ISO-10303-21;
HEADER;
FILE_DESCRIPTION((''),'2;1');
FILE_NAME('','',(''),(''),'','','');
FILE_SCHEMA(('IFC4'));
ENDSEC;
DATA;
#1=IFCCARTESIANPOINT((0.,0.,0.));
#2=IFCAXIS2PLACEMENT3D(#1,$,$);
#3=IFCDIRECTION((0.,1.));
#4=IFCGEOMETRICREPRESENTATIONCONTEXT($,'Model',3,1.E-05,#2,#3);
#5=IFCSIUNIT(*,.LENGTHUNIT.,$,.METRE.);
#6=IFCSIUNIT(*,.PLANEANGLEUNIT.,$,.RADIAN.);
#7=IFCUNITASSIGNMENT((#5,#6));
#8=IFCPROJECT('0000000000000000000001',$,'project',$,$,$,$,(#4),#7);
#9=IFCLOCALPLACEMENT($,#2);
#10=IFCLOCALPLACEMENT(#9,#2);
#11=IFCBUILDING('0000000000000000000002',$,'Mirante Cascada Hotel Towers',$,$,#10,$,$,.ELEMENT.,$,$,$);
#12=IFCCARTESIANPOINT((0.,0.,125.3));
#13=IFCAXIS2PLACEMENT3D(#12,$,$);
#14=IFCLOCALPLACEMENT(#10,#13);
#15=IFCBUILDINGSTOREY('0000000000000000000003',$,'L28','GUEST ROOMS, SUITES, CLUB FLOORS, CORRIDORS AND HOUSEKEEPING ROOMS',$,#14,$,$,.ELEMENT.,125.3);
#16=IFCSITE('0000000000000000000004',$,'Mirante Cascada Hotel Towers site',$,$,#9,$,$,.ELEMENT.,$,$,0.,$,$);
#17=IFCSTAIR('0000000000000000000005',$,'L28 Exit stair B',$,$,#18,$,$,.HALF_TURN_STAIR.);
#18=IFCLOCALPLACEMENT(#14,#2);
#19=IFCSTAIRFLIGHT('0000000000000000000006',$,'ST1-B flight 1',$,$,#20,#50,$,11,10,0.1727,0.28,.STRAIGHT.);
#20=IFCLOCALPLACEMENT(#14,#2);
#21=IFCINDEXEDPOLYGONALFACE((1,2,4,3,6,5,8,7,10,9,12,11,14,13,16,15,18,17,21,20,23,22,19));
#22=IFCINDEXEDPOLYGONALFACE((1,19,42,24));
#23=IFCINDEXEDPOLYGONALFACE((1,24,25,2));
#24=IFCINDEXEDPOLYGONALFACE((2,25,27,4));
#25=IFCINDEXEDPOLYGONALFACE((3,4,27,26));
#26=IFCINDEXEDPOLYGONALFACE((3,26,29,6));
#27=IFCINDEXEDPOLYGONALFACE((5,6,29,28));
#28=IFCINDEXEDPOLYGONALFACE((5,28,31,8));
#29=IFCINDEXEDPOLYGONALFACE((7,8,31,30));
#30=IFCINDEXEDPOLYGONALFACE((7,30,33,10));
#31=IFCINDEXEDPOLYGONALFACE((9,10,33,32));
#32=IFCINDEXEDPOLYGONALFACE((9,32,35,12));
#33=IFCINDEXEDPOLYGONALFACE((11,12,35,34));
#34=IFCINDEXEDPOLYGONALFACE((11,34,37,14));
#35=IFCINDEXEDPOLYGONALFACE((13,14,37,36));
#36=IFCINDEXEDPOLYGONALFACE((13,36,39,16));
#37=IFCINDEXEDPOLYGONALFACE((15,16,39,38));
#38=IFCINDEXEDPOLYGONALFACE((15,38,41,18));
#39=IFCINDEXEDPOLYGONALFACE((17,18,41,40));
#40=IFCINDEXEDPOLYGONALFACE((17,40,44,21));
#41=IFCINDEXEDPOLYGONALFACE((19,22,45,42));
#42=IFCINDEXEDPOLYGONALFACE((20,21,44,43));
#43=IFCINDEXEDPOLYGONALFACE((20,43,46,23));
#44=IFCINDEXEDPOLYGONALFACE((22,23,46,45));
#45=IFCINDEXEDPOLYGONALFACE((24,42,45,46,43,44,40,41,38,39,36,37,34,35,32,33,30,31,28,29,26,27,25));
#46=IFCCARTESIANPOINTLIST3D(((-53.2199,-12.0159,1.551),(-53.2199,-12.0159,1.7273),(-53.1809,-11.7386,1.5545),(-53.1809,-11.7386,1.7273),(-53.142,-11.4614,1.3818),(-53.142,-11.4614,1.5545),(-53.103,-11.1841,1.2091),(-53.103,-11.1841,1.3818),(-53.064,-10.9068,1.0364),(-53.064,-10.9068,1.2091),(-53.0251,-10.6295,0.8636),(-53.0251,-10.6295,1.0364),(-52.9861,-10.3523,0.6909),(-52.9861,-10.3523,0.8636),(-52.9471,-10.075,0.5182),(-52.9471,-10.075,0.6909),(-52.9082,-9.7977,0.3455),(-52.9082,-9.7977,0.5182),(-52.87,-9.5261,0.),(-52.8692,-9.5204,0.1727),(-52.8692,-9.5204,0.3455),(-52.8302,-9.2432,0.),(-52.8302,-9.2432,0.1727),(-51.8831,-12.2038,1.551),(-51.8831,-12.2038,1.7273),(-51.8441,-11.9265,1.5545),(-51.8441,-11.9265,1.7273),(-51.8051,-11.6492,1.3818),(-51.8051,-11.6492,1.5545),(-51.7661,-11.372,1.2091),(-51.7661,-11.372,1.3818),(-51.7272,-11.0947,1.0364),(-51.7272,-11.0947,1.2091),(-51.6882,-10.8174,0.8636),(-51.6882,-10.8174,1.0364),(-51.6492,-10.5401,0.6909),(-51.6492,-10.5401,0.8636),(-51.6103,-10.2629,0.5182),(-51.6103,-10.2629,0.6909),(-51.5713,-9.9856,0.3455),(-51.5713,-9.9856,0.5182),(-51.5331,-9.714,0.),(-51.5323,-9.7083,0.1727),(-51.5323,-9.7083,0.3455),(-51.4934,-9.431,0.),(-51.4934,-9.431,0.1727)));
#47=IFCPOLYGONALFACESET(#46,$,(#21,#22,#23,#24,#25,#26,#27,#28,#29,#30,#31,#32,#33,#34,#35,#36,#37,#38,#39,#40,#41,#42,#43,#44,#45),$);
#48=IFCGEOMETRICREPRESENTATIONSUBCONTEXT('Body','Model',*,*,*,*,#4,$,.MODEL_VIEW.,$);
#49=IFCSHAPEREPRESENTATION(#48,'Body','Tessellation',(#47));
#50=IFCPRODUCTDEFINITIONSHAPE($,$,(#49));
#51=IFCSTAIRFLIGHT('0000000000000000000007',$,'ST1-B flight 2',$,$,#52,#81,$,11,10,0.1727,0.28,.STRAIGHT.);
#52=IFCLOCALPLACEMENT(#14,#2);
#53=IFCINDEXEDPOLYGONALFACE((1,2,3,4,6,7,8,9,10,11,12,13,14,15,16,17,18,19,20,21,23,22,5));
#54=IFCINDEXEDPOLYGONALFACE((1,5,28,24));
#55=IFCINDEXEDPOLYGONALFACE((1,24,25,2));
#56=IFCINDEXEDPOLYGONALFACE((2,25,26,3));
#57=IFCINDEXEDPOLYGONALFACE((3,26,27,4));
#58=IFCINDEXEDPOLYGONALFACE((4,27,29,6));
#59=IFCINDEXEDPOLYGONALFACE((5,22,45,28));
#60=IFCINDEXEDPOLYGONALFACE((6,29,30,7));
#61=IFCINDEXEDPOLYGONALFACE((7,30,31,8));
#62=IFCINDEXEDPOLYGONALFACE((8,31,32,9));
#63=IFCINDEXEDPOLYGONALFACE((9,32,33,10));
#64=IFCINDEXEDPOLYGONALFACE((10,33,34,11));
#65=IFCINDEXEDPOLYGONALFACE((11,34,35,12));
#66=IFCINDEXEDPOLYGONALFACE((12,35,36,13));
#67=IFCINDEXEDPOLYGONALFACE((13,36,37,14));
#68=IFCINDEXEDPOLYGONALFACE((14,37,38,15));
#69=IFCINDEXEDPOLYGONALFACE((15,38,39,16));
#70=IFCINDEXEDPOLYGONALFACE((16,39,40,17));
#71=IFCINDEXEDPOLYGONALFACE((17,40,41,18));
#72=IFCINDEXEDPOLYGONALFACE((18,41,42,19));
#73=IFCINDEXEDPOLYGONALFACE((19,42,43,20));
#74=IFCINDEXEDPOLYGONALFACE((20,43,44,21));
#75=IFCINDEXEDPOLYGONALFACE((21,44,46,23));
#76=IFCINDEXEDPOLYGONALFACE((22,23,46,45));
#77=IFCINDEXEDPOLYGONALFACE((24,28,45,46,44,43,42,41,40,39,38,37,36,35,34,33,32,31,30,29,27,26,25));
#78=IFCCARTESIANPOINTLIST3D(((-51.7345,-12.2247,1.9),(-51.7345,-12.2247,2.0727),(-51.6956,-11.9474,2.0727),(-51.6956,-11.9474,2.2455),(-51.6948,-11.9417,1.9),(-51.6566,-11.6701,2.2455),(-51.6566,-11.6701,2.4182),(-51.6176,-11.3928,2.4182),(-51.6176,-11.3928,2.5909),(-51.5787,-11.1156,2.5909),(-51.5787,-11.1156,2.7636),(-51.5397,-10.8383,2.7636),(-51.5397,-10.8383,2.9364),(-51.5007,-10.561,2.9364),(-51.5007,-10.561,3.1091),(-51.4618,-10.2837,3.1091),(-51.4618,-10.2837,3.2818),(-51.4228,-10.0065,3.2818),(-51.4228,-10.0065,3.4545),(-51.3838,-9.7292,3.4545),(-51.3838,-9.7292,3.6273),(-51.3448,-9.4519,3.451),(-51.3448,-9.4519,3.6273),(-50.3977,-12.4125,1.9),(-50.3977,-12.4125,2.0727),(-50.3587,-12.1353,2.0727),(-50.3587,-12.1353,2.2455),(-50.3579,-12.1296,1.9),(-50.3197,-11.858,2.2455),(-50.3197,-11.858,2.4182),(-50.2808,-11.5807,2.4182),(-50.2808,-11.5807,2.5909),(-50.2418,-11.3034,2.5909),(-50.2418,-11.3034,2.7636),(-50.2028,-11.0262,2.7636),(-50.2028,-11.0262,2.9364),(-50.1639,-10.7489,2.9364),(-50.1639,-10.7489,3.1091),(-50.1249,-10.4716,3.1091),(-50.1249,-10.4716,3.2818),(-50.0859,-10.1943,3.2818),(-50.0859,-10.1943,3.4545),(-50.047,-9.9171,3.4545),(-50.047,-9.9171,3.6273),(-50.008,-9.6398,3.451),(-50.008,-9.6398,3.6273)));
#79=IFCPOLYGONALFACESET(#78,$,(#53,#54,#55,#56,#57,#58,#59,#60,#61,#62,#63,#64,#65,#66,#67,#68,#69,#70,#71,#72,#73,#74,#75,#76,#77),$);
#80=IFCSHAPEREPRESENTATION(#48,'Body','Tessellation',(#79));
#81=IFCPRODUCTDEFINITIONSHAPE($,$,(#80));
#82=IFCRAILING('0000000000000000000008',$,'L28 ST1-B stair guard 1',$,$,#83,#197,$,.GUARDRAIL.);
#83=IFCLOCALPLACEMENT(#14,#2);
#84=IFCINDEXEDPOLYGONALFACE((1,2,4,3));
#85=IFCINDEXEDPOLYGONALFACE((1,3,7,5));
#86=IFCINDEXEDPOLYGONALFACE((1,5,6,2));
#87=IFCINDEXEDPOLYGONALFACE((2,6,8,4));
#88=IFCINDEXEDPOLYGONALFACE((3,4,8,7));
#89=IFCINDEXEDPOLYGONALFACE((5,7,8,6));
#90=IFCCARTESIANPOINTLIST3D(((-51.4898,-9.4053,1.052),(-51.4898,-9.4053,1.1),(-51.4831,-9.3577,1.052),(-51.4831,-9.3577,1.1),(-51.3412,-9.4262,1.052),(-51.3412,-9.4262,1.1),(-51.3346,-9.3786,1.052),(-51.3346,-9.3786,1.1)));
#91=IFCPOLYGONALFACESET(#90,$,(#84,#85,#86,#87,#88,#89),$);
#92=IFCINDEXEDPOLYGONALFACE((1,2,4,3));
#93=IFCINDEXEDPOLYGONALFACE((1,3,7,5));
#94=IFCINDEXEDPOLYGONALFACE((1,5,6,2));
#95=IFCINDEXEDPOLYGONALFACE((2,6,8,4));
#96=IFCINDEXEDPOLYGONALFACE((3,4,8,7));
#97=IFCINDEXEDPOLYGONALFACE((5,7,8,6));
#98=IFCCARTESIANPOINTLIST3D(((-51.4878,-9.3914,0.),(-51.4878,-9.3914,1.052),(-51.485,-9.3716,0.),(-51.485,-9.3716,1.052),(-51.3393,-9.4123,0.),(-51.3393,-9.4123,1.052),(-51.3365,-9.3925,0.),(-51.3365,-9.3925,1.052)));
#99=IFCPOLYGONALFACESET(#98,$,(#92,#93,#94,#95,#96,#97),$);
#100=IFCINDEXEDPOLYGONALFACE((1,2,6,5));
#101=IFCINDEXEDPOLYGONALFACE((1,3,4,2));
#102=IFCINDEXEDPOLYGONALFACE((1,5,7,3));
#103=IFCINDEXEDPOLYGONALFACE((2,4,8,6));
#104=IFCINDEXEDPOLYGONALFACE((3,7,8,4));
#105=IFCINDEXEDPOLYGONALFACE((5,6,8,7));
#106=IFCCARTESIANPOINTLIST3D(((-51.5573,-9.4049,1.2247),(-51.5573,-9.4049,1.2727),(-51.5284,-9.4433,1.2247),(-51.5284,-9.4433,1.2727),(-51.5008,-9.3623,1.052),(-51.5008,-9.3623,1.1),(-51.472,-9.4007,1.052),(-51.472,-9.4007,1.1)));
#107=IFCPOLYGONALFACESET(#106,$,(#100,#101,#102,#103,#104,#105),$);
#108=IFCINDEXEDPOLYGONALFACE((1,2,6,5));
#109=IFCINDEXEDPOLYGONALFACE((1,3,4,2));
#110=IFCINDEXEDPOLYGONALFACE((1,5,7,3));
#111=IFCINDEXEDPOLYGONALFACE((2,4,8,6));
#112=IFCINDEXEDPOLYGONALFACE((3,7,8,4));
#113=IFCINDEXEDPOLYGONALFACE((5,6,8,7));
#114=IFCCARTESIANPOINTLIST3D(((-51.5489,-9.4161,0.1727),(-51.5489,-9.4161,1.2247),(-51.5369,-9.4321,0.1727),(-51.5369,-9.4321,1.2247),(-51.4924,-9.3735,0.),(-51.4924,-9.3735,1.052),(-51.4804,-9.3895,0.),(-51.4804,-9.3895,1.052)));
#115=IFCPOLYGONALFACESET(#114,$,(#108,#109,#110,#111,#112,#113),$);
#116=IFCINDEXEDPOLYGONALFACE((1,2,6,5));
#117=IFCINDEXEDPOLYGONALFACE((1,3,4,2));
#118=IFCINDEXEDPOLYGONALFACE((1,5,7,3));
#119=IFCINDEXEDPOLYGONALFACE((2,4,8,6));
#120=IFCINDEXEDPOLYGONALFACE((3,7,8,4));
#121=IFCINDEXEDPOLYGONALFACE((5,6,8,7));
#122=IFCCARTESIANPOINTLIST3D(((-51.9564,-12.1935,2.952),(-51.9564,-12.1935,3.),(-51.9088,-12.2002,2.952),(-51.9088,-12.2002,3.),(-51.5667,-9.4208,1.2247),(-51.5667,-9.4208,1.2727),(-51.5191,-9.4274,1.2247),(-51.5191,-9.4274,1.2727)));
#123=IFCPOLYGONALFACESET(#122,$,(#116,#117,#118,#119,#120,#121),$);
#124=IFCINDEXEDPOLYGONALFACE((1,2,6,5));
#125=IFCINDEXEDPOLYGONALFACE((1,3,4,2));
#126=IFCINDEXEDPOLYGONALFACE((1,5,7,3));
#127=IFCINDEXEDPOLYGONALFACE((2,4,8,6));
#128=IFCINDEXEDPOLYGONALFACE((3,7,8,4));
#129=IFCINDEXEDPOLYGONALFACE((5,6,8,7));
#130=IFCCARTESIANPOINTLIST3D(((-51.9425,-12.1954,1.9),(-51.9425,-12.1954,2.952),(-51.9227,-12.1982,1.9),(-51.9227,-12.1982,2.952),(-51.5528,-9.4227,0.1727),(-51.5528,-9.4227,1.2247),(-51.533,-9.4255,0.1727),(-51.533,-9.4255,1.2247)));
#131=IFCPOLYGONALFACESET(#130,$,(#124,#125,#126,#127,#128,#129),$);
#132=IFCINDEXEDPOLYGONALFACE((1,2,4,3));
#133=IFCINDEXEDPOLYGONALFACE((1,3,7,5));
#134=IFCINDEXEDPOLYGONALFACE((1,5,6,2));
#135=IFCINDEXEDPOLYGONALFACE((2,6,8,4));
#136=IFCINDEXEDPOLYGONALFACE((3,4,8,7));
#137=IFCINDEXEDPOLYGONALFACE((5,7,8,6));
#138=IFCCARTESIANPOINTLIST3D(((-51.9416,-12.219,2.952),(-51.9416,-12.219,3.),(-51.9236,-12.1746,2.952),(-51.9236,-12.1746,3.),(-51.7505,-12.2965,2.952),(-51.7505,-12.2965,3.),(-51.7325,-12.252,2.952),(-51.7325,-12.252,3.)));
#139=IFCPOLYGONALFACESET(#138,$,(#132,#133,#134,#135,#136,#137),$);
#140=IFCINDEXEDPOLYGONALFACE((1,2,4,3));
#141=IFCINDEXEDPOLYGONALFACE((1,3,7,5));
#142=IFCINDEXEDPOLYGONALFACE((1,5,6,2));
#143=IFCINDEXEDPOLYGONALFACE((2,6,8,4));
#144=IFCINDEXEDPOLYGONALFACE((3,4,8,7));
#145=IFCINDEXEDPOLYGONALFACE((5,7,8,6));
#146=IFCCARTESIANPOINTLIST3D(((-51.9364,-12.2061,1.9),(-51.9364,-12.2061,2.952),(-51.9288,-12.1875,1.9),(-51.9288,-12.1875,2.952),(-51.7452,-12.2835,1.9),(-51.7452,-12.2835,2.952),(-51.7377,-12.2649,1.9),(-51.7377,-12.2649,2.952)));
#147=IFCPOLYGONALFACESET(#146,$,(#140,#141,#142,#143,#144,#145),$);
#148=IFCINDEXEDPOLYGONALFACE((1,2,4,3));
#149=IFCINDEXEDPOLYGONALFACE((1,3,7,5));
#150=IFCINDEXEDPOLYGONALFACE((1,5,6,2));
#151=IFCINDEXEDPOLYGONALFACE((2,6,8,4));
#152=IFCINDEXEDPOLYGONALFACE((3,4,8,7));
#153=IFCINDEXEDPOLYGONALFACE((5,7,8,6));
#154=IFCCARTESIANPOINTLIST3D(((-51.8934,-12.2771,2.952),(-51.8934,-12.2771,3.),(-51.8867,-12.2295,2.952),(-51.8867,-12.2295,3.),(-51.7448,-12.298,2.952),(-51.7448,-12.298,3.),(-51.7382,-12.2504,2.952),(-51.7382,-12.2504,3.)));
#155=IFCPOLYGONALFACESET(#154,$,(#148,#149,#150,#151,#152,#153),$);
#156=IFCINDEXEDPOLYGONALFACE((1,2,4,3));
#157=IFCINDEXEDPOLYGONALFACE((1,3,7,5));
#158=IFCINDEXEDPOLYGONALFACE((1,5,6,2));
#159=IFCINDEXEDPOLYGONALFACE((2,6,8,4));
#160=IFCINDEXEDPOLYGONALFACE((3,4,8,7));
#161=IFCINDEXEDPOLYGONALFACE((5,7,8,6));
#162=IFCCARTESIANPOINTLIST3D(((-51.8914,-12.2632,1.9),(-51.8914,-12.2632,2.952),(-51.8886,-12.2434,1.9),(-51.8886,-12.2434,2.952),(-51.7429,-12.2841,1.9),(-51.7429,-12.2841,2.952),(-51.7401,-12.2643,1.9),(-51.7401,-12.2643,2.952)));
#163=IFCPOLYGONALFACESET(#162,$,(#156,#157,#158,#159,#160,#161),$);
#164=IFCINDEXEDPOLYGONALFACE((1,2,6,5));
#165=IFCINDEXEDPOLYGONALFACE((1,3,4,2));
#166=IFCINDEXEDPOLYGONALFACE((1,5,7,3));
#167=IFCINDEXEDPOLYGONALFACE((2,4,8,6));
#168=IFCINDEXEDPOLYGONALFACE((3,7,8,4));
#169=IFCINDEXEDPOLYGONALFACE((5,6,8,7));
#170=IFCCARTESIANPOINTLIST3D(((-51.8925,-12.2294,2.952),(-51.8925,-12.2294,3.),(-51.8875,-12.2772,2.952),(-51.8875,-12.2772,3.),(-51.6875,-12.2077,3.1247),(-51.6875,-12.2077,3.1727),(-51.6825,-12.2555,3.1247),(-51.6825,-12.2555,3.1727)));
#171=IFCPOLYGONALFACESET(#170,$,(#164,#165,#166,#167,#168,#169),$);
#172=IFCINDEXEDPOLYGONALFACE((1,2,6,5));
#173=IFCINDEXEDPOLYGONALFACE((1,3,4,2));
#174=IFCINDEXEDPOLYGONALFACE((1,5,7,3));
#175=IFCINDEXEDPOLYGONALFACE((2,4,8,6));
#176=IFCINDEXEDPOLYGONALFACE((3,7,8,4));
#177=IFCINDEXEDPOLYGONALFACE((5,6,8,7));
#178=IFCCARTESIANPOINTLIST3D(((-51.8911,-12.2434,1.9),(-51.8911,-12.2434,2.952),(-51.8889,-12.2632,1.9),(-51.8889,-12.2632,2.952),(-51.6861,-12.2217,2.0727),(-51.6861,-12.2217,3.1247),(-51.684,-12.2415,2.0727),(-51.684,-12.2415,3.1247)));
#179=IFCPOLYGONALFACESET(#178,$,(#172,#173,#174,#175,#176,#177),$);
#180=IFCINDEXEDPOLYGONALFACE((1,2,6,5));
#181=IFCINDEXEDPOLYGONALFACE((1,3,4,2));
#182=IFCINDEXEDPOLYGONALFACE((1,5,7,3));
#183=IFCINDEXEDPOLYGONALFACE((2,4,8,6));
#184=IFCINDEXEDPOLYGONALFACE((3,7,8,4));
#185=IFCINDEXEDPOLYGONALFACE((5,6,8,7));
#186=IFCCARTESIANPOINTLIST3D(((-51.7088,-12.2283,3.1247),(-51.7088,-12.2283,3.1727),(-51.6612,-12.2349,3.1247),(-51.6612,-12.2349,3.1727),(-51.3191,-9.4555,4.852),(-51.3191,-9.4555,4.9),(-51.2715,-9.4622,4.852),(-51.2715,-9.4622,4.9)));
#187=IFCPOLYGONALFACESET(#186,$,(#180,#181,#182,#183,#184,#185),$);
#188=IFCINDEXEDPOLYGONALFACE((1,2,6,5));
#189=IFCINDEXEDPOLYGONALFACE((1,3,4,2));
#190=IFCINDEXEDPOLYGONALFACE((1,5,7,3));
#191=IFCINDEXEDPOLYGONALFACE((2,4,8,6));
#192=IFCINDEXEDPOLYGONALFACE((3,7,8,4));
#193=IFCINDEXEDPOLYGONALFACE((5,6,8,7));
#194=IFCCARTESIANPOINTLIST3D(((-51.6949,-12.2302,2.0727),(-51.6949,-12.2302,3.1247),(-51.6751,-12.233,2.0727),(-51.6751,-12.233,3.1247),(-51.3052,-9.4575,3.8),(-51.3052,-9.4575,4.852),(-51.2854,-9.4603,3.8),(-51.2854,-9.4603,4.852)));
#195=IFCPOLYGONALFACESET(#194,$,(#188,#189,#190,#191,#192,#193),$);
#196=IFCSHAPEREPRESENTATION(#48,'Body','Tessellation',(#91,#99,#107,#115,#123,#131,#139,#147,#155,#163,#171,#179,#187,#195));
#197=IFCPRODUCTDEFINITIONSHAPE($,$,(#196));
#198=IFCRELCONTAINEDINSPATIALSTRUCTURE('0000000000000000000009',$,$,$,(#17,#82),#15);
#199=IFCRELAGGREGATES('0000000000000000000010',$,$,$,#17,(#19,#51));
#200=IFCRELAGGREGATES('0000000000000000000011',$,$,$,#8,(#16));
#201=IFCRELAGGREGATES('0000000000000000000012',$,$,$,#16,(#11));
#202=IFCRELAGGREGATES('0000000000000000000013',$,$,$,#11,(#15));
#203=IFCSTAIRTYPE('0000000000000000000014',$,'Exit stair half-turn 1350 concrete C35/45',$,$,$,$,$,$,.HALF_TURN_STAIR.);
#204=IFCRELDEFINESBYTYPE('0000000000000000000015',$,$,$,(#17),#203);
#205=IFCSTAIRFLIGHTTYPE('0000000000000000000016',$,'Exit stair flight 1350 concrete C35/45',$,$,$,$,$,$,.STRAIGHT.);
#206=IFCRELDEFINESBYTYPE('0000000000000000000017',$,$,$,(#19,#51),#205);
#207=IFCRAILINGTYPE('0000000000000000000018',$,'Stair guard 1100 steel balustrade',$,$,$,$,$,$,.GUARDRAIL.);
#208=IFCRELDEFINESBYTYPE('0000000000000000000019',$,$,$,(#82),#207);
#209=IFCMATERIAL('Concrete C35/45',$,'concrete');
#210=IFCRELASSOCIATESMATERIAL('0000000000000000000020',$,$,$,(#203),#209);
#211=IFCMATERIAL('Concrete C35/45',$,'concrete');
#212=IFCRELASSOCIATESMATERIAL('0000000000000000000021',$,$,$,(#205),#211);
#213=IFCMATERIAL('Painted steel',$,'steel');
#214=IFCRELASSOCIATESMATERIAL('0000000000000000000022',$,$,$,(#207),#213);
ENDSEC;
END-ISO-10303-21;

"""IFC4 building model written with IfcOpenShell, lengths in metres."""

from ifc_helpers import new_model, si_unit, direction, frame, origin, origin_2d, place, context, subcontext, project, spatial, polyline, rectangle, outline, extrude, material, type_object, element, aggregate, save


model = new_model("IFC4")

# Units and contexts
model_context = context("Model", 3, precision=1e-05, world=origin(), true_north=direction((0.0, 1.0)))
body_context = subcontext(model_context, "Body", "Model", "MODEL_VIEW")
ifc_project = project(units=[si_unit("LENGTHUNIT", "METRE"), si_unit("PLANEANGLEUNIT", "RADIAN")], contexts=[model_context])

# Site, building, storey
site_placement = place(None, origin())
site = spatial("IfcSite", under=ifc_project, at=site_placement, Name="Mirante Cascada Hotel Towers site", CompositionType="ELEMENT", RefElevation=0.0)
building_placement = place(site_placement, origin())
building = spatial("IfcBuilding", under=site, at=building_placement, Name="Mirante Cascada Hotel Towers", CompositionType="ELEMENT")
storey_placement = place(building_placement, frame((0.0, 0.0, 125.3)))
storey = spatial("IfcBuildingStorey", under=building, at=storey_placement, Name="L28", Description="GUEST ROOMS, SUITES, CLUB FLOORS, CORRIDORS AND HOUSEKEEPING ROOMS", CompositionType="ELEMENT", Elevation=125.3)

# Stair, stair flights
ifc_material_1 = material(Name="Concrete C35/45", Category="concrete")
stair_type = type_object("IfcStairType", Name="Exit stair half-turn 1350 concrete C35/45", PredefinedType="HALF_TURN_STAIR", material=ifc_material_1)
stair_placement = place(storey_placement, origin())
stair = element("IfcStair", 1, at=stair_placement, inside=storey, type_object=stair_type, Name="L28 Exit stair B", PredefinedType="HALF_TURN_STAIR")
ifc_material_2 = material(Name="Concrete C35/45", Category="concrete")
stair_flight_type = type_object("IfcStairFlightType", Name="Exit stair flight 1350 concrete C35/45", PredefinedType="STRAIGHT", material=ifc_material_2)
stair_flight_1_placement = place(storey_placement, frame((-52.1618, -9.3371, 0.0), z_axis=(0.0, 0.0, 1.0), x_axis=(-0.139173, -0.990268, 0.0)))
stair_flight_1 = element("IfcStairFlight", 2, at=stair_flight_1_placement, type_object=stair_flight_type, Name="ST1-B flight 1", NumberOfRisers=11, NumberOfTreads=10, PredefinedType="STRAIGHT", RiserHeight=0.1727, TreadLength=0.28, context=body_context, shape_type="SweptSolid", body=[
    extrude(outline(polyline([(0.0, 0.0), (0.0, 0.1727), (0.28, 0.1727), (0.28, 0.3455), (0.56, 0.3455), (0.56, 0.5182), (0.84, 0.5182), (0.84, 0.6909), (1.12, 0.6909), (1.12, 0.8636), (1.4, 0.8636), (1.4, 1.0364), (1.68, 1.0364), (1.68, 1.2091), (1.96, 1.2091), (1.96, 1.3818), (2.24, 1.3818), (2.24, 1.5545), (2.52, 1.5545), (2.52, 1.7273), (2.8, 1.7273), (2.8, 1.9), (2.8, 1.551), (0.2857, 0.0), (0.0, 0.0)])), frame((0.0, 0.675, 0.0), z_axis=(0.0, -1.0, 0.0), x_axis=(1.0, 0.0, 0.0)), (0.0, 0.0, 1.0), 1.35),
])
stair_flight_2_placement = place(storey_placement, frame((-51.0661, -12.3186, 1.9), z_axis=(0.0, 0.0, 1.0), x_axis=(0.139173, 0.990268, 0.0)))
stair_flight_2 = element("IfcStairFlight", 3, at=stair_flight_2_placement, type_object=stair_flight_type, Name="ST1-B flight 2", NumberOfRisers=11, NumberOfTreads=10, PredefinedType="STRAIGHT", RiserHeight=0.1727, TreadLength=0.28, context=body_context, shape_type="SweptSolid", body=[
    extrude(outline(polyline([(0.0, 0.0), (0.0, 0.1727), (0.28, 0.1727), (0.28, 0.3455), (0.56, 0.3455), (0.56, 0.5182), (0.84, 0.5182), (0.84, 0.6909), (1.12, 0.6909), (1.12, 0.8636), (1.4, 0.8636), (1.4, 1.0364), (1.68, 1.0364), (1.68, 1.2091), (1.96, 1.2091), (1.96, 1.3818), (2.24, 1.3818), (2.24, 1.5545), (2.52, 1.5545), (2.52, 1.7273), (2.8, 1.7273), (2.8, 1.9), (2.8, 1.551), (0.2857, 0.0), (0.0, 0.0)])), frame((0.0, 0.675, 0.0), z_axis=(0.0, -1.0, 0.0), x_axis=(1.0, 0.0, 0.0)), (0.0, 0.0, 1.0), 1.35),
])
aggregate(stair, [stair_flight_1, stair_flight_2])

# Railing
ifc_material_3 = material(Name="Painted steel", Category="steel")
railing_type_1 = type_object("IfcRailingType", Name="Stair guard 1100 steel balustrade", PredefinedType="GUARDRAIL", material=ifc_material_3)
railing_1_placement = place(storey_placement, frame((-51.3379, -9.4024, 0.0)))
element("IfcRailing", 4, at=railing_1_placement, inside=storey, type_object=railing_type_1, Name="L28 ST1-B stair guard 1", PredefinedType="GUARDRAIL", context=body_context, shape_type="SweptSolid", body=[
    extrude(rectangle(XDim=0.048, YDim=0.048, at=origin_2d()), frame((0.0, 0.0, 1.076), z_axis=(-0.990241, 0.139367, 0.0), x_axis=(-0.139367, -0.990241, 0.0)), (0.0, 0.0, 1.0), 0.15),
    extrude(rectangle(XDim=0.02, YDim=1.052, at=origin_2d()), frame((0.0, 0.0, 0.526), z_axis=(-0.990241, 0.139367, 0.0), x_axis=(-0.139367, -0.990241, 0.0)), (0.0, 0.0, 1.0), 0.15),
    extrude(rectangle(XDim=0.048, YDim=0.048, at=origin_2d()), frame((-0.1485, 0.0209, 1.076), z_axis=(-0.798471, -0.602033, 0.0), x_axis=(0.602033, -0.798471, 0.0)), (0.0, 0.92534, 0.379139), 0.1866),
    extrude(rectangle(XDim=0.02, YDim=1.052, at=origin_2d()), frame((-0.1485, 0.0209, 0.526), z_axis=(-0.798471, -0.602033, 0.0), x_axis=(0.602033, -0.798471, 0.0)), (0.0, 0.92534, 0.379139), 0.1866),
    extrude(rectangle(XDim=0.048, YDim=0.048, at=origin_2d()), frame((-0.205, -0.0217, 1.2487), z_axis=(-0.139181, -0.990267, 0.0), x_axis=(0.990267, -0.139181, 0.0)), (0.0, 0.525035, 0.851081), 3.2899),
    extrude(rectangle(XDim=0.02, YDim=1.052, at=origin_2d()), frame((-0.205, -0.0217, 0.6987), z_axis=(-0.139181, -0.990267, 0.0), x_axis=(0.990267, -0.139181, 0.0)), (0.0, 0.525035, 0.851081), 3.2899),
    extrude(rectangle(XDim=0.048, YDim=0.048, at=origin_2d()), frame((-0.5947, -2.7944, 2.976), z_axis=(0.926862, -0.375401, 0.0), x_axis=(0.375401, 0.926862, 0.0)), (0.0, 0.0, 1.0), 0.2062),
    extrude(rectangle(XDim=0.02, YDim=1.052, at=origin_2d()), frame((-0.5947, -2.7944, 2.426), z_axis=(0.926862, -0.375401, 0.0), x_axis=(0.375401, 0.926862, 0.0)), (0.0, 0.0, 1.0), 0.2062),
    extrude(rectangle(XDim=0.048, YDim=0.048, at=origin_2d()), frame((-0.4036, -2.8718, 2.976), z_axis=(-0.990241, 0.139367, 0.0), x_axis=(-0.139367, -0.990241, 0.0)), (0.0, 0.0, 1.0), 0.15),
    extrude(rectangle(XDim=0.02, YDim=1.052, at=origin_2d()), frame((-0.4036, -2.8718, 2.426), z_axis=(-0.990241, 0.139367, 0.0), x_axis=(-0.139367, -0.990241, 0.0)), (0.0, 0.0, 1.0), 0.15),
    extrude(rectangle(XDim=0.048, YDim=0.048, at=origin_2d()), frame((-0.5521, -2.8509, 2.976), z_axis=(0.994444, 0.105266, 0.0), x_axis=(-0.105266, 0.994444, 0.0)), (0.0, 0.642184, 0.76655), 0.2689),
    extrude(rectangle(XDim=0.02, YDim=1.052, at=origin_2d()), frame((-0.5521, -2.8509, 2.426), z_axis=(0.994444, 0.105266, 0.0), x_axis=(-0.105266, 0.994444, 0.0)), (0.0, 0.642184, 0.76655), 0.2689),
    extrude(rectangle(XDim=0.048, YDim=0.048, at=origin_2d()), frame((-0.3471, -2.8292, 3.1487), z_axis=(0.139181, 0.990267, 0.0), x_axis=(-0.990267, 0.139181, 0.0)), (0.0, 0.525035, 0.851081), 3.2899),
    extrude(rectangle(XDim=0.02, YDim=1.052, at=origin_2d()), frame((-0.3471, -2.8292, 2.5987), z_axis=(0.139181, 0.990267, 0.0), x_axis=(-0.990267, 0.139181, 0.0)), (0.0, 0.525035, 0.851081), 3.2899),
])

save(model, "model.ifc")
